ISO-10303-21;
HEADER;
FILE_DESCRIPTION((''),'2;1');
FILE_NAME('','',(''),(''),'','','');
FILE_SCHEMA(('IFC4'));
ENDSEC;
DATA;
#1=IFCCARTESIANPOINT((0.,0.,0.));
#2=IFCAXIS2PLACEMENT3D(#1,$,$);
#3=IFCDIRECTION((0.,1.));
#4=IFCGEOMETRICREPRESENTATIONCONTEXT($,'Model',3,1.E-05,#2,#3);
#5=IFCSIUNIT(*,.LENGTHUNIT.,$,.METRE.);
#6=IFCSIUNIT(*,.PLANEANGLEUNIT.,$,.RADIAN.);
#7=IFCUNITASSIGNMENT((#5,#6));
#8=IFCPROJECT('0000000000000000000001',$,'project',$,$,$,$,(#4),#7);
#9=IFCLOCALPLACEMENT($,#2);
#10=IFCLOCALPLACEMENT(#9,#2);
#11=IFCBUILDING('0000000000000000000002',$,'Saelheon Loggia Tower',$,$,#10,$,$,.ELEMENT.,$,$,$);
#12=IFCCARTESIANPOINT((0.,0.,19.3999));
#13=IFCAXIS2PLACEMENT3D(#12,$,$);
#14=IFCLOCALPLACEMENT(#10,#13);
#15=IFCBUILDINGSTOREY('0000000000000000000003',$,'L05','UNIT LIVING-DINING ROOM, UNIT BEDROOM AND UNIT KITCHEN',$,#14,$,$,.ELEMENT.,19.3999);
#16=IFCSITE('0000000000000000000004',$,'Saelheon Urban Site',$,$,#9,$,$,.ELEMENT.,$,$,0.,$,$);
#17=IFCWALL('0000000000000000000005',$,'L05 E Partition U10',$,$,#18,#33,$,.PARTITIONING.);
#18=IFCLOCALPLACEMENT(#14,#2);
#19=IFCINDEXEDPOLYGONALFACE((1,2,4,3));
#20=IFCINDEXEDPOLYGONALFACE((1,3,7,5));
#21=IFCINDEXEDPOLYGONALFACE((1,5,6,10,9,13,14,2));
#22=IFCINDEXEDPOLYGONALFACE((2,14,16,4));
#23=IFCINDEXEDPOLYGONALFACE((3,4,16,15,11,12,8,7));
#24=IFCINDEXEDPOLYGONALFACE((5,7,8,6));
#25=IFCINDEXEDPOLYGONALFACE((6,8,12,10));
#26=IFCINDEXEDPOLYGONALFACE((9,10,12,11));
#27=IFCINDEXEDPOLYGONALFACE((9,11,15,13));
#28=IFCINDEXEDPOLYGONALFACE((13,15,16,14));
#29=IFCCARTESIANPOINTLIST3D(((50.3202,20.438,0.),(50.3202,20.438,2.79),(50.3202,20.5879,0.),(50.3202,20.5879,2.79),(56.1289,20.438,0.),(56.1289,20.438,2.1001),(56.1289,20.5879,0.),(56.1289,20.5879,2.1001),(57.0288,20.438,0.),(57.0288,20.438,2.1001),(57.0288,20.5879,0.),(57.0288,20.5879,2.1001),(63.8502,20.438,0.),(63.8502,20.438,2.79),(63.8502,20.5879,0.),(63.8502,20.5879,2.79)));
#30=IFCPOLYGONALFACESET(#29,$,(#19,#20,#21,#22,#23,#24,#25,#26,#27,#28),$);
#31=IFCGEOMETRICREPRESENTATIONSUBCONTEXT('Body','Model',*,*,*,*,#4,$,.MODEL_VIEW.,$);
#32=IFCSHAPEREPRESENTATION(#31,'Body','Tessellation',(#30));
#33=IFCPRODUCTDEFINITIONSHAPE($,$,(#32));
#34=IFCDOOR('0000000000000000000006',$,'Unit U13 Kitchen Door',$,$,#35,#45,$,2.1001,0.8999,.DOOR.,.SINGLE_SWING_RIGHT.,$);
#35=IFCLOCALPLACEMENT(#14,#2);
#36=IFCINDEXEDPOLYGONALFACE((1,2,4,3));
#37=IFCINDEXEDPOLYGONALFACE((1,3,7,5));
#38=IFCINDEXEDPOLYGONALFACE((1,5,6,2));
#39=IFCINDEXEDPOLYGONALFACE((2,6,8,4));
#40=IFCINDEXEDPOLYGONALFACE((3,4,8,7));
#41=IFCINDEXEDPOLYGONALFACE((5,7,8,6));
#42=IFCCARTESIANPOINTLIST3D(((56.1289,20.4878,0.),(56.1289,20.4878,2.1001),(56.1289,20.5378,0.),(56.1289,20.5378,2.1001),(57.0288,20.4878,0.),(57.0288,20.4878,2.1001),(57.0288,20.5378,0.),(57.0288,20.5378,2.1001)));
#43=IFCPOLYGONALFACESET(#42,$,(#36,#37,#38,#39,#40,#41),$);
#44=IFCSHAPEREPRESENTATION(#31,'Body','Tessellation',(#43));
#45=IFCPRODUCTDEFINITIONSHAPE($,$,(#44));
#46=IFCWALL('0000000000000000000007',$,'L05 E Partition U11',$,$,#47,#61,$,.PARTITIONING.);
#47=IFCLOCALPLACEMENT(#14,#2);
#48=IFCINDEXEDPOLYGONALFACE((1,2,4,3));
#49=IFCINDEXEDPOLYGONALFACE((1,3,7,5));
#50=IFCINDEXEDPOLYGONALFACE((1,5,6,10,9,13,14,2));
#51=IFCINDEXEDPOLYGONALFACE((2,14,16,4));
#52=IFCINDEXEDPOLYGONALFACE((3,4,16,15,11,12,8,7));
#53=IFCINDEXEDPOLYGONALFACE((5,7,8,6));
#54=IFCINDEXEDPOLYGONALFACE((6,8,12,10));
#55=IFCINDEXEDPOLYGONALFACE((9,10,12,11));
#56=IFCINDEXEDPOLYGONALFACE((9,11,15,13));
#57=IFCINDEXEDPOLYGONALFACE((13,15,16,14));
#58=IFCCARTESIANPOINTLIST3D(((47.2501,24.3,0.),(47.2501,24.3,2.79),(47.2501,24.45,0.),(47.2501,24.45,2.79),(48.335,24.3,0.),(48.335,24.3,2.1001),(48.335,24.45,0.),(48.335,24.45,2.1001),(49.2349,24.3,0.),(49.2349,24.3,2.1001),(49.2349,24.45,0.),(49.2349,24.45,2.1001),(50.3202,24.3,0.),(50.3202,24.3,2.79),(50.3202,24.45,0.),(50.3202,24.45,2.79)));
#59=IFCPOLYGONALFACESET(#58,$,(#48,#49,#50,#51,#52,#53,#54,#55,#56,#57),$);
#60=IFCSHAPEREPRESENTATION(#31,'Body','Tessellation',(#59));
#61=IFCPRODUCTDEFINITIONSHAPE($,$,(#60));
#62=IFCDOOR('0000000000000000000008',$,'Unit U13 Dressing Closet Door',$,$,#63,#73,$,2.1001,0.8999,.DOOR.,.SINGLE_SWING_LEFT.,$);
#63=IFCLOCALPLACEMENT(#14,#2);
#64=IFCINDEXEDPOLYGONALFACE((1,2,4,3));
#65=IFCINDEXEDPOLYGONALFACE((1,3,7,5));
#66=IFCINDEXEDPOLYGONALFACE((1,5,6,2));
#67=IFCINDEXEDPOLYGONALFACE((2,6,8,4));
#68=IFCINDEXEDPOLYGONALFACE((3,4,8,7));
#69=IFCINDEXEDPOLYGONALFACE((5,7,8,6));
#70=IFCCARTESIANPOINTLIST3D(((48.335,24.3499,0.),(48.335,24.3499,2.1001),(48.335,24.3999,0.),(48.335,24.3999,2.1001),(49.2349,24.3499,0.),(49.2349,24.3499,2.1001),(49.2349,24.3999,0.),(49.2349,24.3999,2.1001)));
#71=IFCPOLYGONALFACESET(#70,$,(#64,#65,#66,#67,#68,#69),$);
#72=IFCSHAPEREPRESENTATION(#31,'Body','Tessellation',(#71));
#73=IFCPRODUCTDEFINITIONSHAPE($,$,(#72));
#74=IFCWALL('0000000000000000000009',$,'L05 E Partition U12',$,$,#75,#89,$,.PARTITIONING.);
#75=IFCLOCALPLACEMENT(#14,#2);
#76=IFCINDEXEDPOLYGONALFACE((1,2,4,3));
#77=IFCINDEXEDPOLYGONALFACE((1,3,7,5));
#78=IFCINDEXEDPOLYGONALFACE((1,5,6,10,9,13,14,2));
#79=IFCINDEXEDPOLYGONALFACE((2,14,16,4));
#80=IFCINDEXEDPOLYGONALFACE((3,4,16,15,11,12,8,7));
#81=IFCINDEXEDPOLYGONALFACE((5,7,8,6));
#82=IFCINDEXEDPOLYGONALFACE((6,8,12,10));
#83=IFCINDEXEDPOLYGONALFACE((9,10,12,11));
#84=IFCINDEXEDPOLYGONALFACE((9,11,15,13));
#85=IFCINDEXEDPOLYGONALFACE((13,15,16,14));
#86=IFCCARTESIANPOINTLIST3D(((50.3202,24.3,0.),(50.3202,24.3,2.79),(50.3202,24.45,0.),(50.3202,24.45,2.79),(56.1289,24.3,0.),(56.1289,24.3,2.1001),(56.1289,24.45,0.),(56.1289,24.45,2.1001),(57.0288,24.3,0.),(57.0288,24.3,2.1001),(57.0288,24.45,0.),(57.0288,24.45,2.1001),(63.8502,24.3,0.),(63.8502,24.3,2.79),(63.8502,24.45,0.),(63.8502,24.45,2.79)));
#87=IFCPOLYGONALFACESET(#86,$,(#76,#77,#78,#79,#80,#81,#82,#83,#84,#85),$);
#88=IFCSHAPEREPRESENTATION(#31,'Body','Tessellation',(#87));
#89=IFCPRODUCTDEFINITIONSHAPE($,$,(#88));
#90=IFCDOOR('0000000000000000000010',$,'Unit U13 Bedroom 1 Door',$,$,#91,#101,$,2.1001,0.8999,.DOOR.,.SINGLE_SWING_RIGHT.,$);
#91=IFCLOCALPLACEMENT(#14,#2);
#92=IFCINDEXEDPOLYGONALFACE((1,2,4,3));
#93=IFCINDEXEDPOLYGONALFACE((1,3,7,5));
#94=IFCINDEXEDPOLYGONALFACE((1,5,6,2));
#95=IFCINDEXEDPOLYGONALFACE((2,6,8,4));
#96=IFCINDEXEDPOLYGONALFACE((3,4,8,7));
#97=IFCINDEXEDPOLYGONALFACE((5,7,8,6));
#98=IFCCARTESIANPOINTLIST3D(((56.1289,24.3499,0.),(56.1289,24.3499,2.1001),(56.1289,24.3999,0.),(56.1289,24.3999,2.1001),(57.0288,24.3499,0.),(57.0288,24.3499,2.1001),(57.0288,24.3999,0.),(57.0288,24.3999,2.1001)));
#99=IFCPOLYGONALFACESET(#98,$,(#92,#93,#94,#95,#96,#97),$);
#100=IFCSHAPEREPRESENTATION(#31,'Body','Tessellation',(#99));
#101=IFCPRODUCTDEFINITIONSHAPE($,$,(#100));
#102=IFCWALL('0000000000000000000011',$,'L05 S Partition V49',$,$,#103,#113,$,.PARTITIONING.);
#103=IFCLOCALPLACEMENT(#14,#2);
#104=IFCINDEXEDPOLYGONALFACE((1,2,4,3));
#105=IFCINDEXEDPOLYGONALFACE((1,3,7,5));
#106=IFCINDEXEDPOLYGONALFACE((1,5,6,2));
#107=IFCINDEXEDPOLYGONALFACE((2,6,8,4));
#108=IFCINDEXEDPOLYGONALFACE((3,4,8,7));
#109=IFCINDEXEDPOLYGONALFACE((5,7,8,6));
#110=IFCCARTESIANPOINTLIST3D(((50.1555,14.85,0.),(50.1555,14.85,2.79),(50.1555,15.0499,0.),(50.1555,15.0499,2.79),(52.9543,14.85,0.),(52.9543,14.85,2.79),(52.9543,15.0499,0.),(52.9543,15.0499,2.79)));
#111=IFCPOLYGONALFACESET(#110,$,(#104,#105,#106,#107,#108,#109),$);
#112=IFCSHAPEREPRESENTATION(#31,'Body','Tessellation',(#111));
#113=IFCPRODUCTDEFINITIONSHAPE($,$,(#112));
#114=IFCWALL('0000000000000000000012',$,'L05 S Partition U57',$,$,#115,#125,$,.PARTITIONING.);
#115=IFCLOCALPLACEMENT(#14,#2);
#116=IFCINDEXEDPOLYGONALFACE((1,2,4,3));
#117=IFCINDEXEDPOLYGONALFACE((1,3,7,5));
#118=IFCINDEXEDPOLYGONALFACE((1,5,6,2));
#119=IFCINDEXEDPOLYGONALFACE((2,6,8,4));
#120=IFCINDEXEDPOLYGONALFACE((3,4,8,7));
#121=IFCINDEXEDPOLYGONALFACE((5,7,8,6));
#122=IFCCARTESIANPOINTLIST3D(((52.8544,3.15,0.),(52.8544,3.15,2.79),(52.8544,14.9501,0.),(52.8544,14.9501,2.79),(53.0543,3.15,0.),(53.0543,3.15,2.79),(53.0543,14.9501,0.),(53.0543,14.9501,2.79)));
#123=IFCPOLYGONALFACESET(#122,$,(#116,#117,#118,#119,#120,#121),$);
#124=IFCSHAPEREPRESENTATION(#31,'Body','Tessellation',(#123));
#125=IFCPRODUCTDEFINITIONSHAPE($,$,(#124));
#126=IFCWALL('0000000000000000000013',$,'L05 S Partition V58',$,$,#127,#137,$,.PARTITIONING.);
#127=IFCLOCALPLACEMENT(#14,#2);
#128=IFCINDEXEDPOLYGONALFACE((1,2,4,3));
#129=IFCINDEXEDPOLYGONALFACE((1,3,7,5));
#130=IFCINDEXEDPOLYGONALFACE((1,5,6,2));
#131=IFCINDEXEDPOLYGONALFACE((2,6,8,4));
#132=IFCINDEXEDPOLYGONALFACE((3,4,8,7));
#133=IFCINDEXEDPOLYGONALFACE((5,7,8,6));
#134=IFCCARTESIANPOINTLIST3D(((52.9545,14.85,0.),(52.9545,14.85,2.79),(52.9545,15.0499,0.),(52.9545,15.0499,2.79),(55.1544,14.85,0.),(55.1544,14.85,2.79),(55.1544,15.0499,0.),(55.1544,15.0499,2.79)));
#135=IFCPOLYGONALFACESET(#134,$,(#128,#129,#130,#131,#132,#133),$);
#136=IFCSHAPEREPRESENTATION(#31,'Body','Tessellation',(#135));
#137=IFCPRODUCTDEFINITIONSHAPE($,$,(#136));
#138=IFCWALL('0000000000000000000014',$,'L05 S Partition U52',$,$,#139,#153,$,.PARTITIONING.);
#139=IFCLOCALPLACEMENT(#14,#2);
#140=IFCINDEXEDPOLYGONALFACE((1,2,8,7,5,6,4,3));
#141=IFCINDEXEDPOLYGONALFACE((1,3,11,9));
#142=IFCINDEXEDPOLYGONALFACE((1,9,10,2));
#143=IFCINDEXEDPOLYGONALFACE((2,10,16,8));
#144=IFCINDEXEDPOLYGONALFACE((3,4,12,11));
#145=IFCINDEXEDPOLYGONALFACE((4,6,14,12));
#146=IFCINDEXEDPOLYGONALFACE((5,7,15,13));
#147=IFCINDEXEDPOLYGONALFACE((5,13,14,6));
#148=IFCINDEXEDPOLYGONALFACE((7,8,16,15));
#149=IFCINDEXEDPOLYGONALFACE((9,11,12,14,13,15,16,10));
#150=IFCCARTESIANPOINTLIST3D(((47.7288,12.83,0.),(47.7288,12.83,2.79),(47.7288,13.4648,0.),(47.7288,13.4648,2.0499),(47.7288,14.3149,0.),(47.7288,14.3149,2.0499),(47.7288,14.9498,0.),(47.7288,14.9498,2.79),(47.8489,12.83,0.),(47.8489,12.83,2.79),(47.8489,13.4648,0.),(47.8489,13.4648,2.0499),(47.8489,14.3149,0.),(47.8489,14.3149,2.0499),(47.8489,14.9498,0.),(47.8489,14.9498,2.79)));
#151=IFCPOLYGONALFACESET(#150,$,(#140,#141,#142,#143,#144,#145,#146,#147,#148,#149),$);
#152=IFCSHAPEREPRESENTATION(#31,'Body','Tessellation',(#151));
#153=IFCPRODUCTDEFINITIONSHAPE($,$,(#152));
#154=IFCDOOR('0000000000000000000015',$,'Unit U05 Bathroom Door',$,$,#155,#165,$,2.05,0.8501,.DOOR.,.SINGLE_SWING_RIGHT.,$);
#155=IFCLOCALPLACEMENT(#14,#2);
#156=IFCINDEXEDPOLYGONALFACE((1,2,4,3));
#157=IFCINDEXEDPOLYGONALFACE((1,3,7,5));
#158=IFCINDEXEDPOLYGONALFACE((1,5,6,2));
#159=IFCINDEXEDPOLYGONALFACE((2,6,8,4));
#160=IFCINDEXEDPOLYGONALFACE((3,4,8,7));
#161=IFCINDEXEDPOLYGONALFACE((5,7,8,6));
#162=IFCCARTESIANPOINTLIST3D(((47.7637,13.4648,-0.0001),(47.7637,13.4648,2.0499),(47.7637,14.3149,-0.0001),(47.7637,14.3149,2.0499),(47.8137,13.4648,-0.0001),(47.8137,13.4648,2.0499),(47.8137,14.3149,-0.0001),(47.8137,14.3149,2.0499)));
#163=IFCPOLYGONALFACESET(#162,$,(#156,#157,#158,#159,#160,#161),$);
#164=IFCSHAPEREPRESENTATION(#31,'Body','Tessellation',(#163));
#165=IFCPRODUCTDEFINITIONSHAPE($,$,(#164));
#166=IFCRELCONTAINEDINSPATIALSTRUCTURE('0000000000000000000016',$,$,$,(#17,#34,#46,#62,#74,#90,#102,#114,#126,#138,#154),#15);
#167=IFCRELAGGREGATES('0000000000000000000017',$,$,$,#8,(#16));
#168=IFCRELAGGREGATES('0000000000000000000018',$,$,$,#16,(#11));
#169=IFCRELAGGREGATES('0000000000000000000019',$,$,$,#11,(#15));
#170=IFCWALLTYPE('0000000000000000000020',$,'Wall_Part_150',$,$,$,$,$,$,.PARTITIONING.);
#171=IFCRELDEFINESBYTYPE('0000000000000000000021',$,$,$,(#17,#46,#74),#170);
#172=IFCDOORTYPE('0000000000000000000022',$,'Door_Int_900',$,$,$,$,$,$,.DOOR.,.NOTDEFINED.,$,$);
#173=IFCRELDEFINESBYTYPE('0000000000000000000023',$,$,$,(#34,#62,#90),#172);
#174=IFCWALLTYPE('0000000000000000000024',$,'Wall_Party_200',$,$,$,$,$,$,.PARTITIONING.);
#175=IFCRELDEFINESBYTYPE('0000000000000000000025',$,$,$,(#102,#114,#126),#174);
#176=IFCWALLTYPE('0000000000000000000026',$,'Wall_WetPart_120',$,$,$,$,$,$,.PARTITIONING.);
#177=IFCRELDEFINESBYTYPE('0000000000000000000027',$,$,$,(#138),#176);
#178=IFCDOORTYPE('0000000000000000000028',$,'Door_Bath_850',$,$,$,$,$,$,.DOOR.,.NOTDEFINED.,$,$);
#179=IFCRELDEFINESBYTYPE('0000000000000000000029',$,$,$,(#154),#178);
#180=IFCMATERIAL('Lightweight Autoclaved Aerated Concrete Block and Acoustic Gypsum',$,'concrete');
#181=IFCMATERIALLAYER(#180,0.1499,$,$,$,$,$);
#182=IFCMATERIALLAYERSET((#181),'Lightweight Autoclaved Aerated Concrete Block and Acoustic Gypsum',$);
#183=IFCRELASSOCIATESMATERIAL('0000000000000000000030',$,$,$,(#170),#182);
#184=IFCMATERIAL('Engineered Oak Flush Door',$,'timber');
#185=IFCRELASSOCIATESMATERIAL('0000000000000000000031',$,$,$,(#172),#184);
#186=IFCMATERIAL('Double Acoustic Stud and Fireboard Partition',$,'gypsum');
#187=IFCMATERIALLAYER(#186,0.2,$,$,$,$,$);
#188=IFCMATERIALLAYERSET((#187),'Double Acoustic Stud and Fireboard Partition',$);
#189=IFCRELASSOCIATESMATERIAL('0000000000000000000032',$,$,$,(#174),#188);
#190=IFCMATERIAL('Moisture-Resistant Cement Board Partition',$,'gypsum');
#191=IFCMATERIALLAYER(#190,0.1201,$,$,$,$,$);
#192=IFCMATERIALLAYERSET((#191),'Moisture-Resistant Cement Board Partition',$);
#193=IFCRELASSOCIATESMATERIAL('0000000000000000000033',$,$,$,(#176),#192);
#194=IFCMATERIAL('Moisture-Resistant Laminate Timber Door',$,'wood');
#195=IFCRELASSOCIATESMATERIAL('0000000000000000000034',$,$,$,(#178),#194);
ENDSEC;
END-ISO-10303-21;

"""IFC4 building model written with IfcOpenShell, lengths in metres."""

from ifc_helpers import new_model, si_unit, direction, frame, frame_2d, origin, place, context, subcontext, project, spatial, rectangle, extrude, source, transform, mapped, material, layer, layer_set, type_object, element, fill, save


model = new_model("IFC4")

# Units and contexts
model_context = context("Model", 3, precision=1e-05, world=origin(), true_north=direction((0.0, 1.0)))
body_context = subcontext(model_context, "Body", "Model", "MODEL_VIEW")
ifc_project = project(units=[si_unit("LENGTHUNIT", "METRE"), si_unit("PLANEANGLEUNIT", "RADIAN")], contexts=[model_context])

# Site, building, storey
site_placement = place(None, origin())
site = spatial("IfcSite", under=ifc_project, at=site_placement, Name="Saelheon Urban Site", CompositionType="ELEMENT", RefElevation=0.0)
building_placement = place(site_placement, origin())
building = spatial("IfcBuilding", under=site, at=building_placement, Name="Saelheon Loggia Tower", CompositionType="ELEMENT")
storey_placement = place(building_placement, frame((0.0, 0.0, 19.3999)))
storey = spatial("IfcBuildingStorey", under=building, at=storey_placement, Name="L05", Description="UNIT LIVING-DINING ROOM, UNIT BEDROOM AND UNIT KITCHEN", CompositionType="ELEMENT", Elevation=19.3999)

# Shared definitions
ifc_material_1 = material(Name="Lightweight Autoclaved Aerated Concrete Block and Acoustic Gypsum", Category="concrete")
ifc_layer_1 = layer(ifc_material_1, 0.1499)
ifc_layer_set_1 = layer_set([ifc_layer_1], Name="Lightweight Autoclaved Aerated Concrete Block and Acoustic Gypsum")
wall_type_1 = type_object("IfcWallType", Name="Wall_Part_150", PredefinedType="PARTITIONING", material=ifc_layer_set_1)

# Shared definitions
ifc_material_2 = material(Name="Engineered Oak Flush Door", Category="timber")
door_type_1 = type_object("IfcDoorType", Name="Door_Int_900", OperationType="NOTDEFINED", PredefinedType="DOOR", material=ifc_material_2)
shared_shape_1 = source(origin(), body_context, "Body", "SweptSolid", [
    extrude(rectangle(XDim=0.8999, YDim=2.1001, at=frame_2d((0.45, 1.05))), frame((0.0, 0.0249, 0.0), z_axis=(0.0, -1.0, 0.0), x_axis=(1.0, 0.0, 0.0)), (0.0, 0.0, 1.0), 0.05),
])

# Walls, openings, doors
wall_1_placement = place(storey_placement, frame((50.3201, 20.5129, 0.0), z_axis=(0.0, 0.0, 1.0), x_axis=(1.0, 0.0, 0.0)))
wall_1 = element("IfcWall", 1, at=wall_1_placement, inside=storey, type_object=wall_type_1, Name="L05 E Partition U10", PredefinedType="PARTITIONING", context=body_context, shape_type="SweptSolid", body=[
    extrude(rectangle(XDim=13.53, YDim=0.1499, at=frame_2d((6.7651, 0.0))), origin(), (0.0, 0.0, 1.0), 2.79),
])
opening_1_placement = place(wall_1_placement, frame((5.8088, 0.0, 0.0)))
opening_1 = element("IfcOpeningElement", 2, at=opening_1_placement, cuts=wall_1, PredefinedType="OPENING", context=body_context, shape_type="SweptSolid", body=[
    extrude(rectangle(XDim=0.8999, YDim=2.1001, at=frame_2d((0.45, 1.05))), frame((0.0, 0.0869, 0.0), z_axis=(0.0, -1.0, 0.0), x_axis=(1.0, 0.0, 0.0)), (0.0, 0.0, 1.0), 0.1738),
])
door_1_placement = place(opening_1_placement, origin())
door_1 = element("IfcDoor", 3, at=door_1_placement, inside=storey, type_object=door_type_1, Name="Unit U13 Kitchen Door", OperationType="SINGLE_SWING_RIGHT", OverallHeight=2.1001, OverallWidth=0.8999, PredefinedType="DOOR", context=body_context, shape_type="MappedRepresentation", body=[
    mapped(shared_shape_1, transform((0.0, 0.0, 0.0), scale=1.0)),
])
fill(opening_1, door_1)
wall_2_placement = place(storey_placement, frame((47.25, 24.375, 0.0), z_axis=(0.0, 0.0, 1.0), x_axis=(1.0, 0.0, 0.0)))
wall_2 = element("IfcWall", 4, at=wall_2_placement, inside=storey, type_object=wall_type_1, Name="L05 E Partition U11", PredefinedType="PARTITIONING", context=body_context, shape_type="SweptSolid", body=[
    extrude(rectangle(XDim=3.0701, YDim=0.1499, at=frame_2d((1.5352, 0.0))), origin(), (0.0, 0.0, 1.0), 2.79),
])
opening_2_placement = place(wall_2_placement, frame((1.085, 0.0, 0.0)))
opening_2 = element("IfcOpeningElement", 5, at=opening_2_placement, cuts=wall_2, PredefinedType="OPENING", context=body_context, shape_type="SweptSolid", body=[
    extrude(rectangle(XDim=0.8999, YDim=2.1001, at=frame_2d((0.45, 1.05))), frame((0.0, 0.0869, 0.0), z_axis=(0.0, -1.0, 0.0), x_axis=(1.0, 0.0, 0.0)), (0.0, 0.0, 1.0), 0.1738),
])
door_2_placement = place(opening_2_placement, origin())
door_2 = element("IfcDoor", 6, at=door_2_placement, inside=storey, type_object=door_type_1, Name="Unit U13 Dressing Closet Door", OperationType="SINGLE_SWING_LEFT", OverallHeight=2.1001, OverallWidth=0.8999, PredefinedType="DOOR", context=body_context, shape_type="MappedRepresentation", body=[
    mapped(shared_shape_1, transform((0.0, 0.0, 0.0), scale=1.0)),
])
fill(opening_2, door_2)
wall_3_placement = place(storey_placement, frame((50.3201, 24.375, 0.0), z_axis=(0.0, 0.0, 1.0), x_axis=(1.0, 0.0, 0.0)))
wall_3 = element("IfcWall", 7, at=wall_3_placement, inside=storey, type_object=wall_type_1, Name="L05 E Partition U12", PredefinedType="PARTITIONING", context=body_context, shape_type="SweptSolid", body=[
    extrude(rectangle(XDim=13.53, YDim=0.1499, at=frame_2d((6.7651, 0.0))), origin(), (0.0, 0.0, 1.0), 2.79),
])
opening_3_placement = place(wall_3_placement, frame((5.8088, 0.0, 0.0)))
opening_3 = element("IfcOpeningElement", 8, at=opening_3_placement, cuts=wall_3, PredefinedType="OPENING", context=body_context, shape_type="SweptSolid", body=[
    extrude(rectangle(XDim=0.8999, YDim=2.1001, at=frame_2d((0.45, 1.05))), frame((0.0, 0.0869, 0.0), z_axis=(0.0, -1.0, 0.0), x_axis=(1.0, 0.0, 0.0)), (0.0, 0.0, 1.0), 0.1738),
])
door_3_placement = place(opening_3_placement, origin())
door_3 = element("IfcDoor", 9, at=door_3_placement, inside=storey, type_object=door_type_1, Name="Unit U13 Bedroom 1 Door", OperationType="SINGLE_SWING_RIGHT", OverallHeight=2.1001, OverallWidth=0.8999, PredefinedType="DOOR", context=body_context, shape_type="MappedRepresentation", body=[
    mapped(shared_shape_1, transform((0.0, 0.0, 0.0), scale=1.0)),
])
fill(opening_3, door_3)
ifc_material_3 = material(Name="Double Acoustic Stud and Fireboard Partition", Category="gypsum")
ifc_layer_2 = layer(ifc_material_3, 0.2)
ifc_layer_set_2 = layer_set([ifc_layer_2], Name="Double Acoustic Stud and Fireboard Partition")
wall_type_2 = type_object("IfcWallType", Name="Wall_Party_200", PredefinedType="PARTITIONING", material=ifc_layer_set_2)

# Walls
wall_4_placement = place(storey_placement, frame((50.1555, 14.95, 0.0), z_axis=(0.0, 0.0, 1.0), x_axis=(1.0, 0.0, 0.0)))
element("IfcWall", 10, at=wall_4_placement, inside=storey, type_object=wall_type_2, Name="L05 S Partition V49", PredefinedType="PARTITIONING", context=body_context, shape_type="SweptSolid", body=[
    extrude(rectangle(XDim=2.7988, YDim=0.2, at=frame_2d((1.3994, 0.0))), origin(), (0.0, 0.0, 1.0), 2.79),
])
wall_5_placement = place(storey_placement, frame((52.9543, 14.95, 0.0), z_axis=(0.0, 0.0, 1.0), x_axis=(0.0, -1.0, 0.0)))
element("IfcWall", 11, at=wall_5_placement, inside=storey, type_object=wall_type_2, Name="L05 S Partition U57", PredefinedType="PARTITIONING", context=body_context, shape_type="SweptSolid", body=[
    extrude(rectangle(XDim=11.8, YDim=0.2, at=frame_2d((5.8999, 0.0))), origin(), (0.0, 0.0, 1.0), 2.79),
])
wall_6_placement = place(storey_placement, frame((52.9543, 14.95, 0.0), z_axis=(0.0, 0.0, 1.0), x_axis=(1.0, 0.0, 0.0)))
element("IfcWall", 12, at=wall_6_placement, inside=storey, type_object=wall_type_2, Name="L05 S Partition V58", PredefinedType="PARTITIONING", context=body_context, shape_type="SweptSolid", body=[
    extrude(rectangle(XDim=2.2, YDim=0.2, at=frame_2d((1.1001, 0.0))), origin(), (0.0, 0.0, 1.0), 2.79),
])

# Wall, opening, door
ifc_material_4 = material(Name="Moisture-Resistant Cement Board Partition", Category="gypsum")
ifc_layer_3 = layer(ifc_material_4, 0.1201)
ifc_layer_set_3 = layer_set([ifc_layer_3], Name="Moisture-Resistant Cement Board Partition")
wall_type_3 = type_object("IfcWallType", Name="Wall_WetPart_120", PredefinedType="PARTITIONING", material=ifc_layer_set_3)
wall_7_placement = place(storey_placement, frame((47.7888, 14.95, 0.0), z_axis=(0.0, 0.0, 1.0), x_axis=(0.0, -1.0, 0.0)))
wall_7 = element("IfcWall", 13, at=wall_7_placement, inside=storey, type_object=wall_type_3, Name="L05 S Partition U52", PredefinedType="PARTITIONING", context=body_context, shape_type="SweptSolid", body=[
    extrude(rectangle(XDim=2.1199, YDim=0.1201, at=frame_2d((1.0601, 0.0))), origin(), (0.0, 0.0, 1.0), 2.79),
])
opening_4_placement = place(wall_7_placement, frame((0.635, 0.0, 0.0)))
opening_4 = element("IfcOpeningElement", 14, at=opening_4_placement, cuts=wall_7, PredefinedType="OPENING", context=body_context, shape_type="SweptSolid", body=[
    extrude(rectangle(XDim=0.8501, YDim=2.05, at=frame_2d((0.425, 1.0249))), frame((0.0, 0.072, 0.0), z_axis=(0.0, -1.0, 0.0), x_axis=(1.0, 0.0, 0.0)), (0.0, 0.0, 1.0), 0.144),
])
ifc_material_5 = material(Name="Moisture-Resistant Laminate Timber Door", Category="wood")
door_type_2 = type_object("IfcDoorType", Name="Door_Bath_850", OperationType="NOTDEFINED", PredefinedType="DOOR", material=ifc_material_5)
shared_shape_2 = source(origin(), body_context, "Body", "SweptSolid", [
    extrude(rectangle(XDim=0.8501, YDim=2.05, at=frame_2d((0.425, 1.0249))), frame((0.0, 0.0249, 0.0), z_axis=(0.0, -1.0, 0.0), x_axis=(1.0, 0.0, 0.0)), (0.0, 0.0, 1.0), 0.05),
])
door_4_placement = place(opening_4_placement, origin())
door_4 = element("IfcDoor", 15, at=door_4_placement, inside=storey, type_object=door_type_2, Name="Unit U05 Bathroom Door", OperationType="SINGLE_SWING_RIGHT", OverallHeight=2.05, OverallWidth=0.8501, PredefinedType="DOOR", context=body_context, shape_type="MappedRepresentation", body=[
    mapped(shared_shape_2, transform((0.0, 0.0, 0.0), scale=1.0)),
])
fill(opening_4, door_4)

save(model, "model.ifc")
